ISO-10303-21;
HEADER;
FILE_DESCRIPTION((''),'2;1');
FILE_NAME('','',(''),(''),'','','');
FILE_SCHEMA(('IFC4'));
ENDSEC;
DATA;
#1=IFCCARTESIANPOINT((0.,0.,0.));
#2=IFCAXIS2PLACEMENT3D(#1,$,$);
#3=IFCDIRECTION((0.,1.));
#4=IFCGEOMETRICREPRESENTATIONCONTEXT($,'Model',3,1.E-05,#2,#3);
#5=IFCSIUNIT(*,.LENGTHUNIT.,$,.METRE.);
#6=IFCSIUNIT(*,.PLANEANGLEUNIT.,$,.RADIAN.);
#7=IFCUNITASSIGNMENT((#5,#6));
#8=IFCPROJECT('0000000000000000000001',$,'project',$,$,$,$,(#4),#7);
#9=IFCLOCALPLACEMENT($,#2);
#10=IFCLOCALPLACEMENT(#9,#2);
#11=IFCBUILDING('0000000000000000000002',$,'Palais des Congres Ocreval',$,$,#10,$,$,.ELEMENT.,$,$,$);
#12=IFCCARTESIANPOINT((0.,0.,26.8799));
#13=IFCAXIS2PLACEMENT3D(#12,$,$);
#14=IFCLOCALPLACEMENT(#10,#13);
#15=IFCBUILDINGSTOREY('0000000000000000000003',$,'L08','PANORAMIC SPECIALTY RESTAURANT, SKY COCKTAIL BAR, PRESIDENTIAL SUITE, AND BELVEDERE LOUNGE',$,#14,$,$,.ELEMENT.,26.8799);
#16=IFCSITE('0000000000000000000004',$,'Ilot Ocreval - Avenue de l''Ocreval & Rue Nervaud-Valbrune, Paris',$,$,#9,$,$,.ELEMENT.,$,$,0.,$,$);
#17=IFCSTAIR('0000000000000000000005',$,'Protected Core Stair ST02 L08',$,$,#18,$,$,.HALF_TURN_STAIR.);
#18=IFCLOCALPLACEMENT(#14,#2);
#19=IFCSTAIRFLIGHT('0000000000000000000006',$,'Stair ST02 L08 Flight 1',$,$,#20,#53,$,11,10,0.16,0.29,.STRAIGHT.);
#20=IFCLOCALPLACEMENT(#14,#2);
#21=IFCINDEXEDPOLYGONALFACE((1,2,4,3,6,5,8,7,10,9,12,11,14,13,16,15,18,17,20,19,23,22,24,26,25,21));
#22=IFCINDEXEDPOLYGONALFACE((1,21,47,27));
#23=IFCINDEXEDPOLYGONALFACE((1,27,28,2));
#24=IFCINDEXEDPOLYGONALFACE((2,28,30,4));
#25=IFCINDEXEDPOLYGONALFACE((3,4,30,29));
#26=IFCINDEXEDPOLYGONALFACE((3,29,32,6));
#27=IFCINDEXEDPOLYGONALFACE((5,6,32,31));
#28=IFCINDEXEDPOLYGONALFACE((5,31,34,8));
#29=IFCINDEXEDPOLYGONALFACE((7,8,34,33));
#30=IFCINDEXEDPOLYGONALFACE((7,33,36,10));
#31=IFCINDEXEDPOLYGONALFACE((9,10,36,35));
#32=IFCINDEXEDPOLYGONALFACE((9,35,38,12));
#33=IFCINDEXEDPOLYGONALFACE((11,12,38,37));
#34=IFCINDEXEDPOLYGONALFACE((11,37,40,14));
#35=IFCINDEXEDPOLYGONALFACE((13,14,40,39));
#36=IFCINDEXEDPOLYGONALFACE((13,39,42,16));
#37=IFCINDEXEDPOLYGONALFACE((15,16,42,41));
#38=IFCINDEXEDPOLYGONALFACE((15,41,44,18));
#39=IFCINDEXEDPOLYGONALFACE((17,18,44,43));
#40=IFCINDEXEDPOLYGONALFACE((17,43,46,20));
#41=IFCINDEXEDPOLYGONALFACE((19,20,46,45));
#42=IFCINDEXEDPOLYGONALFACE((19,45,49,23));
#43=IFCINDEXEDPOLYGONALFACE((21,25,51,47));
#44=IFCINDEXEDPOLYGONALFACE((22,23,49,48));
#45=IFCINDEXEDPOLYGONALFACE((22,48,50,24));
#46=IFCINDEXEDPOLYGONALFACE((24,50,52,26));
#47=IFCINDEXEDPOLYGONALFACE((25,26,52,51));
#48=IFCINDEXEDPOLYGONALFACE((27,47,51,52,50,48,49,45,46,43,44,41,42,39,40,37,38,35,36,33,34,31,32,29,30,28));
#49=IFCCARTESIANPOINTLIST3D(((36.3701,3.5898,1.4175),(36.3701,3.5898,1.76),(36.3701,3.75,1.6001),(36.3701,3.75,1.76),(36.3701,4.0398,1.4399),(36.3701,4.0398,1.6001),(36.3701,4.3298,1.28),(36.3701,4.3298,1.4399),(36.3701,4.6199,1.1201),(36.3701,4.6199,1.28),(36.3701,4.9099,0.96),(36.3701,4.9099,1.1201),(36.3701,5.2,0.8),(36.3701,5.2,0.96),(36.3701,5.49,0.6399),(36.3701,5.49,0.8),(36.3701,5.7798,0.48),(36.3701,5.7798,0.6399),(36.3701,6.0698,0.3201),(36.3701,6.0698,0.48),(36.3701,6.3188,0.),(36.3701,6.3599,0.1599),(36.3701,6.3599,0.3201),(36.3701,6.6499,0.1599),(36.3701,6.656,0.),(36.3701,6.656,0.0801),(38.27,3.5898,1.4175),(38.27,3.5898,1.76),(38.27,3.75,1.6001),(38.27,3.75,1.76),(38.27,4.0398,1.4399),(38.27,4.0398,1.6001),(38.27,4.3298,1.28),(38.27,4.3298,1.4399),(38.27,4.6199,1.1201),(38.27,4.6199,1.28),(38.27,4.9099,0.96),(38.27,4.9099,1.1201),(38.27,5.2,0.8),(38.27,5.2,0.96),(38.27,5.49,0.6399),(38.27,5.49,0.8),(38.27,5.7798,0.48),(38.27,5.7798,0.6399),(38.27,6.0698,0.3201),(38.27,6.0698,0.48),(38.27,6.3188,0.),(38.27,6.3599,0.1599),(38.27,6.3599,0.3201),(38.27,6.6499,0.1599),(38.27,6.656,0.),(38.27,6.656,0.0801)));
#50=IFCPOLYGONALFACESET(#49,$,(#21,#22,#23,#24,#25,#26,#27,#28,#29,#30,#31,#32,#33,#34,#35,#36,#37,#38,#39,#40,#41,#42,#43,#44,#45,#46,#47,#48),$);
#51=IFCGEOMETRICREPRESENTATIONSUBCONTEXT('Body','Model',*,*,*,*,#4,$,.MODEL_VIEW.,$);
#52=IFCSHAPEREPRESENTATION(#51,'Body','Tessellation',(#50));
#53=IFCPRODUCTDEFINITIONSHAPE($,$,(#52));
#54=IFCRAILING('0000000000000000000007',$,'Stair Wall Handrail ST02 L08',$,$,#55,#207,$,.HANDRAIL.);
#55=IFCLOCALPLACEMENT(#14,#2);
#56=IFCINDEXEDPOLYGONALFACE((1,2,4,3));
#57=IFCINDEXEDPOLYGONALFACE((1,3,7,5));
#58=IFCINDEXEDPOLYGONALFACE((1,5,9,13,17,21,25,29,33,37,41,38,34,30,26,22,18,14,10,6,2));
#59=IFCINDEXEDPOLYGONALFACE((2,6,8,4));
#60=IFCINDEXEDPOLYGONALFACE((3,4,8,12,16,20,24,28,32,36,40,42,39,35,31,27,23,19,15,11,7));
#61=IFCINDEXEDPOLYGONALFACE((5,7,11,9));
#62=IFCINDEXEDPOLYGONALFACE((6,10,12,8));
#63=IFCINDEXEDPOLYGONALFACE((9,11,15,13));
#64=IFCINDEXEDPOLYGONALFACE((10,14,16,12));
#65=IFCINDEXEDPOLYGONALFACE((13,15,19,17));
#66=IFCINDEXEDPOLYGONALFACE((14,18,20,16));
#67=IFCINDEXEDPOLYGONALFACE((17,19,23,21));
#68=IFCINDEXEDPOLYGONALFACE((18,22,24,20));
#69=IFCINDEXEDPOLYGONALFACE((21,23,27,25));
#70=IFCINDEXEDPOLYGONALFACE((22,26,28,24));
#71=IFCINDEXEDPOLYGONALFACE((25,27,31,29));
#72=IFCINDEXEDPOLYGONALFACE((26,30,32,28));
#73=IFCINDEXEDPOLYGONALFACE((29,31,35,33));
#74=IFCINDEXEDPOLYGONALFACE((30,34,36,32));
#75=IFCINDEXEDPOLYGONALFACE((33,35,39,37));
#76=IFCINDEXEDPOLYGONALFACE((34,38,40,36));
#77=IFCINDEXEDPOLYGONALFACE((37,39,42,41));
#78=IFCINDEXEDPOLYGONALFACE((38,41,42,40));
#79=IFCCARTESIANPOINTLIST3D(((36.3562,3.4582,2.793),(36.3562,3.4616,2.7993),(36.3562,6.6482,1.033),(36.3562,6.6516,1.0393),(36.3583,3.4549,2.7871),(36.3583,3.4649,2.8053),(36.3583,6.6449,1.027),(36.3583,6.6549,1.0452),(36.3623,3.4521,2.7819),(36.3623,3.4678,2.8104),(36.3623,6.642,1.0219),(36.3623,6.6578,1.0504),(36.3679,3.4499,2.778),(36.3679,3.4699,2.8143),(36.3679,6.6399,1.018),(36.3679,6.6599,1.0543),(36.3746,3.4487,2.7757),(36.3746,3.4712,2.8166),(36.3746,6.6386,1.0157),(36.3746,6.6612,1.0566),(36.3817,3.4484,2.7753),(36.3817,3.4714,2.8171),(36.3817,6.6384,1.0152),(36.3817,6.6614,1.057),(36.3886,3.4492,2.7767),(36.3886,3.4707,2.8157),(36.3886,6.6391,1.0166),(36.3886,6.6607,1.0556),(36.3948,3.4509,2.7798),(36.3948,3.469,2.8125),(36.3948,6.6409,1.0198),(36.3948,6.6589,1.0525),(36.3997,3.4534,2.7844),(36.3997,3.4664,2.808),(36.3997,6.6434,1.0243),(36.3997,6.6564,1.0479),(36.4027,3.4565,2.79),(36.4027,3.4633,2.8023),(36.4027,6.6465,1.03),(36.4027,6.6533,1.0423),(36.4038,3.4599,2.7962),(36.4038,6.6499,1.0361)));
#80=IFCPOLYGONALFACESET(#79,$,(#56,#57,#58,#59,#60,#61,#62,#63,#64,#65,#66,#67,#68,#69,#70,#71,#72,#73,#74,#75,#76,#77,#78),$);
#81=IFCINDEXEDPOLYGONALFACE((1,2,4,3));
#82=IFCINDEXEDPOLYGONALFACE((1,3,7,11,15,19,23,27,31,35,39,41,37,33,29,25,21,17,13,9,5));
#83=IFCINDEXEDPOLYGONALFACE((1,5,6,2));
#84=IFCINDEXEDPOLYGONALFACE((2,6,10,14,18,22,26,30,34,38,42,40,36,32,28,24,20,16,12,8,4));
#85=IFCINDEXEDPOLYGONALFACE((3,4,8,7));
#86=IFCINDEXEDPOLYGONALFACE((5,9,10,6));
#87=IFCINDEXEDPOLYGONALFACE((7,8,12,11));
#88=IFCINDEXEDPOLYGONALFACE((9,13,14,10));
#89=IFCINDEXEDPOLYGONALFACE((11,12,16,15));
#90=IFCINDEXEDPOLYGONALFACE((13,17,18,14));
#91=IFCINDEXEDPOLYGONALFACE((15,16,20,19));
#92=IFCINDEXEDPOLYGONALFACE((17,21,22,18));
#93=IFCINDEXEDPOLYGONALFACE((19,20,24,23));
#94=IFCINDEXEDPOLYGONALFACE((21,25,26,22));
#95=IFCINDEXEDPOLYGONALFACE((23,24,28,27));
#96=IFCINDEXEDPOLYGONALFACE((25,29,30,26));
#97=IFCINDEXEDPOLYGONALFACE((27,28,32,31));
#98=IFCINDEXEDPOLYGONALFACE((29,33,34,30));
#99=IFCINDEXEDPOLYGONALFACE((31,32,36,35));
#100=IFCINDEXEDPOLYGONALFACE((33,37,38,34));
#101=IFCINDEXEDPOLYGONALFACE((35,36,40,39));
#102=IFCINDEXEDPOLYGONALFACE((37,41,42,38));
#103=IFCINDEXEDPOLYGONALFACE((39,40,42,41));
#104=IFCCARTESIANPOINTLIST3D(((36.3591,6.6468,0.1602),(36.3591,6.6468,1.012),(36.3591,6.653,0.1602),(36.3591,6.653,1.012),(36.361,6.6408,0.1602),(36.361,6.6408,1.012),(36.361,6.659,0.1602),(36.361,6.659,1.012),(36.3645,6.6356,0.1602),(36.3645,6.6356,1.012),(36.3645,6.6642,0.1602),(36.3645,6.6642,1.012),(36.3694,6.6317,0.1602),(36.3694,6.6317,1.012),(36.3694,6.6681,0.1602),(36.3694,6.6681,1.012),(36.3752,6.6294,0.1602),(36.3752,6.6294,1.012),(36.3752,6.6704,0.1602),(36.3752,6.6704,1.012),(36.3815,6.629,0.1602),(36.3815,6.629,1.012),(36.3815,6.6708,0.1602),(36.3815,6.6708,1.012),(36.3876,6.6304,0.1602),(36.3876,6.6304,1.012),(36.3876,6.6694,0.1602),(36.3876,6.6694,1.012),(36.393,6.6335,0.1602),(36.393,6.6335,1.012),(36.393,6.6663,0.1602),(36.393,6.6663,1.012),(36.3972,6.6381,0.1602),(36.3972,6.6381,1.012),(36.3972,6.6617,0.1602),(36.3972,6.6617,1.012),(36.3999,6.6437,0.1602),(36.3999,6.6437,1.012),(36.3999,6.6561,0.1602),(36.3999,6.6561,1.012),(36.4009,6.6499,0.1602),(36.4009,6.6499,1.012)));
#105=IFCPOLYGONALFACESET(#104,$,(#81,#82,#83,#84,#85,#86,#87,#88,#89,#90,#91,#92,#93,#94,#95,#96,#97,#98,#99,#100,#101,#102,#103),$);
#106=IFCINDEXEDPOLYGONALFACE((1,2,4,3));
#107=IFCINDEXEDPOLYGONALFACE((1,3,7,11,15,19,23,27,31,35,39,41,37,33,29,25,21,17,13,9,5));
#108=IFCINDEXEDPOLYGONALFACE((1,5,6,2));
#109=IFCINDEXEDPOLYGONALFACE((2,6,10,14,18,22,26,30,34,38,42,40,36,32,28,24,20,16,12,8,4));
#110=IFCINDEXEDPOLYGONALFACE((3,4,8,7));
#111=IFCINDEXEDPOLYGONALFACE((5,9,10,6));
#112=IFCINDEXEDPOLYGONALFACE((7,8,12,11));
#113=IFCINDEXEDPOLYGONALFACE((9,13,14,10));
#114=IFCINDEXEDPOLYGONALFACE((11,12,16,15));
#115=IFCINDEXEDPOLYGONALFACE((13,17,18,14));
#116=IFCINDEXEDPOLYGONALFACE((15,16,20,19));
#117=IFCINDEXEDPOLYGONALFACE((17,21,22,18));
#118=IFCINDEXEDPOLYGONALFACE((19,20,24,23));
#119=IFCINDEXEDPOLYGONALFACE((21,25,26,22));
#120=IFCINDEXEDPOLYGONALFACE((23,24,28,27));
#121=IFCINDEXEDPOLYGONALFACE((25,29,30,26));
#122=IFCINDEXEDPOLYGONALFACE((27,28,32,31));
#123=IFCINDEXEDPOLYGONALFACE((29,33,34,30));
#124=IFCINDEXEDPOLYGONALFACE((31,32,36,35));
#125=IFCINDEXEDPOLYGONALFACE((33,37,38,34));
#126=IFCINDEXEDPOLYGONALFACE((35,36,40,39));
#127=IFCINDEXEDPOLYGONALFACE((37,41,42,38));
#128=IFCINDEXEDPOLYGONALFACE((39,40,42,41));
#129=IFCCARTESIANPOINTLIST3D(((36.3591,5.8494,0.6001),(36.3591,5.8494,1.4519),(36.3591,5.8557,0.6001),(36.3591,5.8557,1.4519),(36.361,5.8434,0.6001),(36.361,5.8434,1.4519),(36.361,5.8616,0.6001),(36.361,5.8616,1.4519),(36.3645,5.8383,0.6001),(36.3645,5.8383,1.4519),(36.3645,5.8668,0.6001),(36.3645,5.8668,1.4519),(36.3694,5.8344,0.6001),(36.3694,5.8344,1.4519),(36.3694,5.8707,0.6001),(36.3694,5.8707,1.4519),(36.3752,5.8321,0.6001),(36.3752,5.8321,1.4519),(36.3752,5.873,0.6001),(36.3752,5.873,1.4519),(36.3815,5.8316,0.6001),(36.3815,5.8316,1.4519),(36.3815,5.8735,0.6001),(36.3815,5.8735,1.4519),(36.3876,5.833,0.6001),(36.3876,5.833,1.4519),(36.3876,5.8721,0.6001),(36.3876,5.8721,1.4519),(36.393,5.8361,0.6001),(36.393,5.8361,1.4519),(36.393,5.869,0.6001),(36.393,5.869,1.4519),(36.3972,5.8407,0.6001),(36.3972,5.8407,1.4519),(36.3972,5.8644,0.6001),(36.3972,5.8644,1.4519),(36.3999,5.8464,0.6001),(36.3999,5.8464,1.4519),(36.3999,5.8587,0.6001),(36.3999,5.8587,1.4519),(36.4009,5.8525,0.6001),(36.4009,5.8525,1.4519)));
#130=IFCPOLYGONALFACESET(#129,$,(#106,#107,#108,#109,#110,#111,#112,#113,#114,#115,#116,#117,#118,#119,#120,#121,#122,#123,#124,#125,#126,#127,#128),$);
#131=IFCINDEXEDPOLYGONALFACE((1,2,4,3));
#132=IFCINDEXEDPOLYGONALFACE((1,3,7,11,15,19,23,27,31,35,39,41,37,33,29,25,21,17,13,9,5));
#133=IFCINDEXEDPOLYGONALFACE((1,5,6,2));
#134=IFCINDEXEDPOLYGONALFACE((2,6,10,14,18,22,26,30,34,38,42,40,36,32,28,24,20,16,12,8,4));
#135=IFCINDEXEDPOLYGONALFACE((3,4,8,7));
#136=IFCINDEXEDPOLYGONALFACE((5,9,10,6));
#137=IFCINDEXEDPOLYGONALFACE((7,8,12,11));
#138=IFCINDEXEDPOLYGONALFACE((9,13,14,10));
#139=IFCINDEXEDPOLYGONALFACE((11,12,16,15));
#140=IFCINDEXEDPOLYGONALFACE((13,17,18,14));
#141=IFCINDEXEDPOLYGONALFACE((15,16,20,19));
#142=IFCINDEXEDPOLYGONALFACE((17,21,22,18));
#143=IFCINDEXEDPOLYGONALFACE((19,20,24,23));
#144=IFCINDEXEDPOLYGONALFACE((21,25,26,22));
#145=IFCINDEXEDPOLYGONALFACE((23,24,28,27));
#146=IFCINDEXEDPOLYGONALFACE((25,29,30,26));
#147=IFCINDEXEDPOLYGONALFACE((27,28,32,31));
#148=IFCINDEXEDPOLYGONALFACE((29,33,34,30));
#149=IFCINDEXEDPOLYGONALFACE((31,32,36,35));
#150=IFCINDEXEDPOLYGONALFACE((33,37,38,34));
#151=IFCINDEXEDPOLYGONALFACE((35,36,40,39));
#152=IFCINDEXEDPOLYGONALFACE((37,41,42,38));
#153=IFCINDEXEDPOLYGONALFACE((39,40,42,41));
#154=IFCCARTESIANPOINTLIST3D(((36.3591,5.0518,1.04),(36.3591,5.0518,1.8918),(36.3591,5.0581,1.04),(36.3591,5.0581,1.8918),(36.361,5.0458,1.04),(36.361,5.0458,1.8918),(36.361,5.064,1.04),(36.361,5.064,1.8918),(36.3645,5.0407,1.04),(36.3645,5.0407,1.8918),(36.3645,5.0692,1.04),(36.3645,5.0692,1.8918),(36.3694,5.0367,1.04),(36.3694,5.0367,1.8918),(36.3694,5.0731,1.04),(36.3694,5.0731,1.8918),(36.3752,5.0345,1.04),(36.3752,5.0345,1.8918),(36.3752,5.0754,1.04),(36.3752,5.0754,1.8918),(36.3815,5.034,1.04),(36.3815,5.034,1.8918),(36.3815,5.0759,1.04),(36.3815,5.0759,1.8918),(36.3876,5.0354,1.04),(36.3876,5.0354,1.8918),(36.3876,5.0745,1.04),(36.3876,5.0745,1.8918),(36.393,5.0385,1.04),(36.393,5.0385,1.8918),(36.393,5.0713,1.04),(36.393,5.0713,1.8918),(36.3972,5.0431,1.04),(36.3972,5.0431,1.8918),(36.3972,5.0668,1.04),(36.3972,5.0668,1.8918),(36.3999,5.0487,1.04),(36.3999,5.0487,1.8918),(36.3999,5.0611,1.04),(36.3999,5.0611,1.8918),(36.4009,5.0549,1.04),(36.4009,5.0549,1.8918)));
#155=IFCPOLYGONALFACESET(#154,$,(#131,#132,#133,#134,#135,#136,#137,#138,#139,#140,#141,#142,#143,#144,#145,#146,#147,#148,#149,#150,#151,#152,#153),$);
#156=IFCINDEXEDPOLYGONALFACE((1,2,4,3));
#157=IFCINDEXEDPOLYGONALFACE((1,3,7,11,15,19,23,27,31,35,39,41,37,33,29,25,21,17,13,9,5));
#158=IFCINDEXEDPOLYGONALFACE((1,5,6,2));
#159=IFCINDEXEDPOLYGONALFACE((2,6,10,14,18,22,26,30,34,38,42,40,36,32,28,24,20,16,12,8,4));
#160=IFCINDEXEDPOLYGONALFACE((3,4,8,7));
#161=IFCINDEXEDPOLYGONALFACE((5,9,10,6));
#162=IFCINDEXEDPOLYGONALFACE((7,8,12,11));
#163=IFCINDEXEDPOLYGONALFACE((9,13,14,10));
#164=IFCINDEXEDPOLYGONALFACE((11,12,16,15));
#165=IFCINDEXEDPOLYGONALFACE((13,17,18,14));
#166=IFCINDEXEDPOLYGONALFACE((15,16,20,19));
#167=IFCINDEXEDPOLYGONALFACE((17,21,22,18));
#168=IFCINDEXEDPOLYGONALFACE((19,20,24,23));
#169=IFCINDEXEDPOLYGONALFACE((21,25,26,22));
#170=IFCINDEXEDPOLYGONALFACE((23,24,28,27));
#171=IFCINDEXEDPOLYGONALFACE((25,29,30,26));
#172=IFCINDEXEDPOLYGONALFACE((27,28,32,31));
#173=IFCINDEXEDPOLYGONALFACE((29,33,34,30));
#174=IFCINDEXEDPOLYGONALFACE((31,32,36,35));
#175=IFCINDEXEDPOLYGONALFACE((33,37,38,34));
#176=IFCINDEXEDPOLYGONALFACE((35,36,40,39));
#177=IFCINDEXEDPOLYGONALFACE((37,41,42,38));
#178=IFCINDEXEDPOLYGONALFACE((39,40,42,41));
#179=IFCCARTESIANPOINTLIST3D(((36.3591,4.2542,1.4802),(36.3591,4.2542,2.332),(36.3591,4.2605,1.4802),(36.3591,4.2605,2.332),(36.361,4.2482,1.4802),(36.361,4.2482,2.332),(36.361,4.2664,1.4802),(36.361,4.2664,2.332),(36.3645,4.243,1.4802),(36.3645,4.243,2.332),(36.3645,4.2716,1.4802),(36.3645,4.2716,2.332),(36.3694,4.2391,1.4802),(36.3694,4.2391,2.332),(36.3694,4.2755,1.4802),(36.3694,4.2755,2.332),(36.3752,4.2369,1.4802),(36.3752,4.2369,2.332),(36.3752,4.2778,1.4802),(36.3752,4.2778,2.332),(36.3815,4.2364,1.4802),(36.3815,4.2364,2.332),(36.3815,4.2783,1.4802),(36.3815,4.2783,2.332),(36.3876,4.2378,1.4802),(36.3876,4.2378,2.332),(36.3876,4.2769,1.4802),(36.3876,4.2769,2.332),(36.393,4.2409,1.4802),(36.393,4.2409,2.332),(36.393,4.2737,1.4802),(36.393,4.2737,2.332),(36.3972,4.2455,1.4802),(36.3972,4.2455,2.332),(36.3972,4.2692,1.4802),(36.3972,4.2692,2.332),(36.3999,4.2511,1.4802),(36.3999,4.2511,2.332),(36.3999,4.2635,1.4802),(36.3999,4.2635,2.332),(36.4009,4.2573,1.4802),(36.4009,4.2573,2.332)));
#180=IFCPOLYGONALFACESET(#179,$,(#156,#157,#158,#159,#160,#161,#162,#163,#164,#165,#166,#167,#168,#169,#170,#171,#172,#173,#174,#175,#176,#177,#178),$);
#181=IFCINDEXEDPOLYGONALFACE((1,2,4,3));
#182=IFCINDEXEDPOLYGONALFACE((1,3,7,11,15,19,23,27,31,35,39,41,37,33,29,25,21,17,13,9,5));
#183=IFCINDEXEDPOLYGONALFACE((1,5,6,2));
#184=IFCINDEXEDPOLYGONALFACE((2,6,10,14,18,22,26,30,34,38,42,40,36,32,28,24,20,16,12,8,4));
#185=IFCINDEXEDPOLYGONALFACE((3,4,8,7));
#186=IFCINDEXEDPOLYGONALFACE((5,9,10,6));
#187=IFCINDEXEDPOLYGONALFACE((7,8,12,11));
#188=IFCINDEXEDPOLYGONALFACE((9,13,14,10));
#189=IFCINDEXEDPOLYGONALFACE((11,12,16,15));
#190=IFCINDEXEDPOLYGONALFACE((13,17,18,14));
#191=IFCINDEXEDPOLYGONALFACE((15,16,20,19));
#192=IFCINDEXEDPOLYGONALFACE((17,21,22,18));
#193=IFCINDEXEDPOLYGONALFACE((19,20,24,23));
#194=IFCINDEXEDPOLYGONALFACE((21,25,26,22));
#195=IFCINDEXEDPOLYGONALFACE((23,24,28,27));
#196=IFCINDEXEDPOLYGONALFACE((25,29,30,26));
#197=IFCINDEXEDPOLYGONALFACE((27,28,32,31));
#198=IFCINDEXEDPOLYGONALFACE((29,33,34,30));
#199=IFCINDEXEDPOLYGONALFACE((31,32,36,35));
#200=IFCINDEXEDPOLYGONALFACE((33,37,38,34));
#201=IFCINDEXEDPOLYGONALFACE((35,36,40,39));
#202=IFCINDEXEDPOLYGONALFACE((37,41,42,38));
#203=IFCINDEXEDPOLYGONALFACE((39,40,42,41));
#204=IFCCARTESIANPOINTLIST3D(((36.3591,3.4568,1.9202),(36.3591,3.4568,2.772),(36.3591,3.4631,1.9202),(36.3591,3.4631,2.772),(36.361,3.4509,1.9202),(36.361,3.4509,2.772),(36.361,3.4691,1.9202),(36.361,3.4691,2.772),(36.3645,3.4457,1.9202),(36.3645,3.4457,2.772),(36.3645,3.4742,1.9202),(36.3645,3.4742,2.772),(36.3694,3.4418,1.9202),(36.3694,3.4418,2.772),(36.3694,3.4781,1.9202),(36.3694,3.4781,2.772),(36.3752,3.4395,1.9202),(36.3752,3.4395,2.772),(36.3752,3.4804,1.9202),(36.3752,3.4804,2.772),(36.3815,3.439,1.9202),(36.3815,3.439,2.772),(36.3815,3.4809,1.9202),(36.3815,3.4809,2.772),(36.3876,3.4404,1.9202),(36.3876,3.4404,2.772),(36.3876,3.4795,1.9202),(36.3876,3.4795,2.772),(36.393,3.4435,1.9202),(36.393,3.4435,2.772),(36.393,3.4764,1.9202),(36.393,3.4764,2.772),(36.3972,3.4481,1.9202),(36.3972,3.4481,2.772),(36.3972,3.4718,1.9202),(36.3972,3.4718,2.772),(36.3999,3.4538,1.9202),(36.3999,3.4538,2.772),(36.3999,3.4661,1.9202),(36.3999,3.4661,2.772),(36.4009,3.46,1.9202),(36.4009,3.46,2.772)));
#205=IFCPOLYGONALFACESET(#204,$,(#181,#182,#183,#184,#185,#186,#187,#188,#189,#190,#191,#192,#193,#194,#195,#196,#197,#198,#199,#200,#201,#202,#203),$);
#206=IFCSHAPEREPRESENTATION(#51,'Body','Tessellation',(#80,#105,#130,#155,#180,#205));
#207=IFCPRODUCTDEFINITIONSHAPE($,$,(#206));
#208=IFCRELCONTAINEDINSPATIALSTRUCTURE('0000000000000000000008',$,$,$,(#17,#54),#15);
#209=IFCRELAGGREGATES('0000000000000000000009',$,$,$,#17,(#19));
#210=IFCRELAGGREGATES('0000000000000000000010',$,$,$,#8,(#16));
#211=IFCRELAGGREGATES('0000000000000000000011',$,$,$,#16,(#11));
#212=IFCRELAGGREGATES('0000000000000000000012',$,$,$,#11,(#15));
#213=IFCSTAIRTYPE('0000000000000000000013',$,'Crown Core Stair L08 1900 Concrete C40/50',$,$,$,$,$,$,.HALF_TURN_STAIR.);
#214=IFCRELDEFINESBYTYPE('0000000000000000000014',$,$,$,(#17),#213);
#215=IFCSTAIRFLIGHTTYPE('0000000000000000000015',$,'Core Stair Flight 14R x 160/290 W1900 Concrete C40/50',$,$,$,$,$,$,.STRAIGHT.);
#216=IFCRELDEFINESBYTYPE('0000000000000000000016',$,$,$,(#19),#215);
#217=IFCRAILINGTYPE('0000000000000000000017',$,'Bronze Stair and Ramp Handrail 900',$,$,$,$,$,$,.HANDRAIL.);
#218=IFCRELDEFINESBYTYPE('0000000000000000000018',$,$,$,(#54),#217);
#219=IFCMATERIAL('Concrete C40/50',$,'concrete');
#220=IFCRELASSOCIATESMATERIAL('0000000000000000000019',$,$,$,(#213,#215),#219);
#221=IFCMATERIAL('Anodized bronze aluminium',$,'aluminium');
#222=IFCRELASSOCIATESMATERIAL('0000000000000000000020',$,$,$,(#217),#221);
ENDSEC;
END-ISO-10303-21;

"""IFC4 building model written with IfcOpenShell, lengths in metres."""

from ifc_helpers import new_model, si_unit, direction, frame, origin, origin_2d, place, context, subcontext, project, spatial, polyline, circle, outline, extrude, material, type_object, element, aggregate, save


model = new_model("IFC4")

# Units and contexts
model_context = context("Model", 3, precision=1e-05, world=origin(), true_north=direction((0.0, 1.0)))
body_context = subcontext(model_context, "Body", "Model", "MODEL_VIEW")
ifc_project = project(units=[si_unit("LENGTHUNIT", "METRE"), si_unit("PLANEANGLEUNIT", "RADIAN")], contexts=[model_context])

# Site, building, storey
site_placement = place(None, origin())
site = spatial("IfcSite", under=ifc_project, at=site_placement, Name="Ilot Ocreval - Avenue de l'Ocreval & Rue Nervaud-Valbrune, Paris", CompositionType="ELEMENT", RefElevation=0.0)
building_placement = place(site_placement, origin())
building = spatial("IfcBuilding", under=site, at=building_placement, Name="Palais des Congres Ocreval", CompositionType="ELEMENT")
storey_placement = place(building_placement, frame((0.0, 0.0, 26.8799)))
storey = spatial("IfcBuildingStorey", under=building, at=storey_placement, Name="L08", Description="PANORAMIC SPECIALTY RESTAURANT, SKY COCKTAIL BAR, PRESIDENTIAL SUITE, AND BELVEDERE LOUNGE", CompositionType="ELEMENT", Elevation=26.8799)

# Shared definitions
ifc_material_1 = material(Name="Anodized bronze aluminium", Category="aluminium")

# Shared definitions
ifc_material_2 = material(Name="Concrete C40/50", Category="concrete")

# Stair, stair flight
stair_type = type_object("IfcStairType", Name="Crown Core Stair L08 1900 Concrete C40/50", PredefinedType="HALF_TURN_STAIR", material=ifc_material_2)
stair_placement = place(storey_placement, origin())
stair = element("IfcStair", 1, at=stair_placement, inside=storey, type_object=stair_type, Name="Protected Core Stair ST02 L08", PredefinedType="HALF_TURN_STAIR")
stair_flight_type = type_object("IfcStairFlightType", Name="Core Stair Flight 14R x 160/290 W1900 Concrete C40/50", PredefinedType="STRAIGHT", material=ifc_material_2)
stair_flight_placement = place(storey_placement, frame((37.3201, 6.6499, 0.0), z_axis=(0.0, 0.0, 1.0), x_axis=(0.0, -1.0, 0.0)))
stair_flight = element("IfcStairFlight", 2, at=stair_flight_placement, type_object=stair_flight_type, Name="Stair ST02 L08 Flight 1", NumberOfRisers=11, NumberOfTreads=10, PredefinedType="STRAIGHT", RiserHeight=0.16, TreadLength=0.29, context=body_context, shape_type="SweptSolid", body=[
    extrude(outline(polyline([(-0.0061, 0.0), (-0.0061, 0.0801), (0.0, 0.1599), (0.29, 0.1599), (0.29, 0.3201), (0.5801, 0.3201), (0.5801, 0.48), (0.8701, 0.48), (0.8701, 0.6399), (1.1599, 0.6399), (1.1599, 0.8), (1.45, 0.8), (1.45, 0.96), (1.74, 0.96), (1.74, 1.1201), (2.03, 1.1201), (2.03, 1.28), (2.3201, 1.28), (2.3201, 1.4399), (2.6101, 1.4399), (2.6101, 1.6001), (2.8999, 1.6001), (2.8999, 1.76), (3.0601, 1.76), (3.0601, 1.4175), (0.3311, 0.0), (-0.0061, 0.0)])), frame((0.0, 0.95, 0.0), z_axis=(0.0, -1.0, 0.0), x_axis=(1.0, 0.0, 0.0)), (0.0, 0.0, 1.0), 1.8999),
])
aggregate(stair, [stair_flight])

# Railing
railing_type_1 = type_object("IfcRailingType", Name="Bronze Stair and Ramp Handrail 900", PredefinedType="HANDRAIL", material=ifc_material_1)
railing_1_placement = place(storey_placement, frame((36.3799, 6.6499, 0.1602)))
element("IfcRailing", 3, at=railing_1_placement, inside=storey, type_object=railing_type_1, Name="Stair Wall Handrail ST02 L08", PredefinedType="HANDRAIL", context=body_context, shape_type="SweptSolid", body=[
    extrude(circle(Radius=0.0239, at=origin_2d()), frame((0.0, 0.0, 0.876), z_axis=(0.0, -0.875573, 0.483086), x_axis=(1.0, 0.0, 0.0)), (0.0, 0.0, 1.0), 3.6433),
    extrude(circle(Radius=0.021, at=origin_2d()), origin(), (0.0, 0.0, 1.0), 0.8518),
    extrude(circle(Radius=0.021, at=origin_2d()), frame((0.0, -0.7974, 0.4399)), (0.0, 0.0, 1.0), 0.8518),
    extrude(circle(Radius=0.021, at=origin_2d()), frame((0.0, -1.595, 0.8799)), (0.0, 0.0, 1.0), 0.8518),
    extrude(circle(Radius=0.021, at=origin_2d()), frame((0.0, -2.3926, 1.3201)), (0.0, 0.0, 1.0), 0.8518),
    extrude(circle(Radius=0.021, at=origin_2d()), frame((0.0, -3.1899, 1.76)), (0.0, 0.0, 1.0), 0.8518),
])

save(model, "model.ifc")
